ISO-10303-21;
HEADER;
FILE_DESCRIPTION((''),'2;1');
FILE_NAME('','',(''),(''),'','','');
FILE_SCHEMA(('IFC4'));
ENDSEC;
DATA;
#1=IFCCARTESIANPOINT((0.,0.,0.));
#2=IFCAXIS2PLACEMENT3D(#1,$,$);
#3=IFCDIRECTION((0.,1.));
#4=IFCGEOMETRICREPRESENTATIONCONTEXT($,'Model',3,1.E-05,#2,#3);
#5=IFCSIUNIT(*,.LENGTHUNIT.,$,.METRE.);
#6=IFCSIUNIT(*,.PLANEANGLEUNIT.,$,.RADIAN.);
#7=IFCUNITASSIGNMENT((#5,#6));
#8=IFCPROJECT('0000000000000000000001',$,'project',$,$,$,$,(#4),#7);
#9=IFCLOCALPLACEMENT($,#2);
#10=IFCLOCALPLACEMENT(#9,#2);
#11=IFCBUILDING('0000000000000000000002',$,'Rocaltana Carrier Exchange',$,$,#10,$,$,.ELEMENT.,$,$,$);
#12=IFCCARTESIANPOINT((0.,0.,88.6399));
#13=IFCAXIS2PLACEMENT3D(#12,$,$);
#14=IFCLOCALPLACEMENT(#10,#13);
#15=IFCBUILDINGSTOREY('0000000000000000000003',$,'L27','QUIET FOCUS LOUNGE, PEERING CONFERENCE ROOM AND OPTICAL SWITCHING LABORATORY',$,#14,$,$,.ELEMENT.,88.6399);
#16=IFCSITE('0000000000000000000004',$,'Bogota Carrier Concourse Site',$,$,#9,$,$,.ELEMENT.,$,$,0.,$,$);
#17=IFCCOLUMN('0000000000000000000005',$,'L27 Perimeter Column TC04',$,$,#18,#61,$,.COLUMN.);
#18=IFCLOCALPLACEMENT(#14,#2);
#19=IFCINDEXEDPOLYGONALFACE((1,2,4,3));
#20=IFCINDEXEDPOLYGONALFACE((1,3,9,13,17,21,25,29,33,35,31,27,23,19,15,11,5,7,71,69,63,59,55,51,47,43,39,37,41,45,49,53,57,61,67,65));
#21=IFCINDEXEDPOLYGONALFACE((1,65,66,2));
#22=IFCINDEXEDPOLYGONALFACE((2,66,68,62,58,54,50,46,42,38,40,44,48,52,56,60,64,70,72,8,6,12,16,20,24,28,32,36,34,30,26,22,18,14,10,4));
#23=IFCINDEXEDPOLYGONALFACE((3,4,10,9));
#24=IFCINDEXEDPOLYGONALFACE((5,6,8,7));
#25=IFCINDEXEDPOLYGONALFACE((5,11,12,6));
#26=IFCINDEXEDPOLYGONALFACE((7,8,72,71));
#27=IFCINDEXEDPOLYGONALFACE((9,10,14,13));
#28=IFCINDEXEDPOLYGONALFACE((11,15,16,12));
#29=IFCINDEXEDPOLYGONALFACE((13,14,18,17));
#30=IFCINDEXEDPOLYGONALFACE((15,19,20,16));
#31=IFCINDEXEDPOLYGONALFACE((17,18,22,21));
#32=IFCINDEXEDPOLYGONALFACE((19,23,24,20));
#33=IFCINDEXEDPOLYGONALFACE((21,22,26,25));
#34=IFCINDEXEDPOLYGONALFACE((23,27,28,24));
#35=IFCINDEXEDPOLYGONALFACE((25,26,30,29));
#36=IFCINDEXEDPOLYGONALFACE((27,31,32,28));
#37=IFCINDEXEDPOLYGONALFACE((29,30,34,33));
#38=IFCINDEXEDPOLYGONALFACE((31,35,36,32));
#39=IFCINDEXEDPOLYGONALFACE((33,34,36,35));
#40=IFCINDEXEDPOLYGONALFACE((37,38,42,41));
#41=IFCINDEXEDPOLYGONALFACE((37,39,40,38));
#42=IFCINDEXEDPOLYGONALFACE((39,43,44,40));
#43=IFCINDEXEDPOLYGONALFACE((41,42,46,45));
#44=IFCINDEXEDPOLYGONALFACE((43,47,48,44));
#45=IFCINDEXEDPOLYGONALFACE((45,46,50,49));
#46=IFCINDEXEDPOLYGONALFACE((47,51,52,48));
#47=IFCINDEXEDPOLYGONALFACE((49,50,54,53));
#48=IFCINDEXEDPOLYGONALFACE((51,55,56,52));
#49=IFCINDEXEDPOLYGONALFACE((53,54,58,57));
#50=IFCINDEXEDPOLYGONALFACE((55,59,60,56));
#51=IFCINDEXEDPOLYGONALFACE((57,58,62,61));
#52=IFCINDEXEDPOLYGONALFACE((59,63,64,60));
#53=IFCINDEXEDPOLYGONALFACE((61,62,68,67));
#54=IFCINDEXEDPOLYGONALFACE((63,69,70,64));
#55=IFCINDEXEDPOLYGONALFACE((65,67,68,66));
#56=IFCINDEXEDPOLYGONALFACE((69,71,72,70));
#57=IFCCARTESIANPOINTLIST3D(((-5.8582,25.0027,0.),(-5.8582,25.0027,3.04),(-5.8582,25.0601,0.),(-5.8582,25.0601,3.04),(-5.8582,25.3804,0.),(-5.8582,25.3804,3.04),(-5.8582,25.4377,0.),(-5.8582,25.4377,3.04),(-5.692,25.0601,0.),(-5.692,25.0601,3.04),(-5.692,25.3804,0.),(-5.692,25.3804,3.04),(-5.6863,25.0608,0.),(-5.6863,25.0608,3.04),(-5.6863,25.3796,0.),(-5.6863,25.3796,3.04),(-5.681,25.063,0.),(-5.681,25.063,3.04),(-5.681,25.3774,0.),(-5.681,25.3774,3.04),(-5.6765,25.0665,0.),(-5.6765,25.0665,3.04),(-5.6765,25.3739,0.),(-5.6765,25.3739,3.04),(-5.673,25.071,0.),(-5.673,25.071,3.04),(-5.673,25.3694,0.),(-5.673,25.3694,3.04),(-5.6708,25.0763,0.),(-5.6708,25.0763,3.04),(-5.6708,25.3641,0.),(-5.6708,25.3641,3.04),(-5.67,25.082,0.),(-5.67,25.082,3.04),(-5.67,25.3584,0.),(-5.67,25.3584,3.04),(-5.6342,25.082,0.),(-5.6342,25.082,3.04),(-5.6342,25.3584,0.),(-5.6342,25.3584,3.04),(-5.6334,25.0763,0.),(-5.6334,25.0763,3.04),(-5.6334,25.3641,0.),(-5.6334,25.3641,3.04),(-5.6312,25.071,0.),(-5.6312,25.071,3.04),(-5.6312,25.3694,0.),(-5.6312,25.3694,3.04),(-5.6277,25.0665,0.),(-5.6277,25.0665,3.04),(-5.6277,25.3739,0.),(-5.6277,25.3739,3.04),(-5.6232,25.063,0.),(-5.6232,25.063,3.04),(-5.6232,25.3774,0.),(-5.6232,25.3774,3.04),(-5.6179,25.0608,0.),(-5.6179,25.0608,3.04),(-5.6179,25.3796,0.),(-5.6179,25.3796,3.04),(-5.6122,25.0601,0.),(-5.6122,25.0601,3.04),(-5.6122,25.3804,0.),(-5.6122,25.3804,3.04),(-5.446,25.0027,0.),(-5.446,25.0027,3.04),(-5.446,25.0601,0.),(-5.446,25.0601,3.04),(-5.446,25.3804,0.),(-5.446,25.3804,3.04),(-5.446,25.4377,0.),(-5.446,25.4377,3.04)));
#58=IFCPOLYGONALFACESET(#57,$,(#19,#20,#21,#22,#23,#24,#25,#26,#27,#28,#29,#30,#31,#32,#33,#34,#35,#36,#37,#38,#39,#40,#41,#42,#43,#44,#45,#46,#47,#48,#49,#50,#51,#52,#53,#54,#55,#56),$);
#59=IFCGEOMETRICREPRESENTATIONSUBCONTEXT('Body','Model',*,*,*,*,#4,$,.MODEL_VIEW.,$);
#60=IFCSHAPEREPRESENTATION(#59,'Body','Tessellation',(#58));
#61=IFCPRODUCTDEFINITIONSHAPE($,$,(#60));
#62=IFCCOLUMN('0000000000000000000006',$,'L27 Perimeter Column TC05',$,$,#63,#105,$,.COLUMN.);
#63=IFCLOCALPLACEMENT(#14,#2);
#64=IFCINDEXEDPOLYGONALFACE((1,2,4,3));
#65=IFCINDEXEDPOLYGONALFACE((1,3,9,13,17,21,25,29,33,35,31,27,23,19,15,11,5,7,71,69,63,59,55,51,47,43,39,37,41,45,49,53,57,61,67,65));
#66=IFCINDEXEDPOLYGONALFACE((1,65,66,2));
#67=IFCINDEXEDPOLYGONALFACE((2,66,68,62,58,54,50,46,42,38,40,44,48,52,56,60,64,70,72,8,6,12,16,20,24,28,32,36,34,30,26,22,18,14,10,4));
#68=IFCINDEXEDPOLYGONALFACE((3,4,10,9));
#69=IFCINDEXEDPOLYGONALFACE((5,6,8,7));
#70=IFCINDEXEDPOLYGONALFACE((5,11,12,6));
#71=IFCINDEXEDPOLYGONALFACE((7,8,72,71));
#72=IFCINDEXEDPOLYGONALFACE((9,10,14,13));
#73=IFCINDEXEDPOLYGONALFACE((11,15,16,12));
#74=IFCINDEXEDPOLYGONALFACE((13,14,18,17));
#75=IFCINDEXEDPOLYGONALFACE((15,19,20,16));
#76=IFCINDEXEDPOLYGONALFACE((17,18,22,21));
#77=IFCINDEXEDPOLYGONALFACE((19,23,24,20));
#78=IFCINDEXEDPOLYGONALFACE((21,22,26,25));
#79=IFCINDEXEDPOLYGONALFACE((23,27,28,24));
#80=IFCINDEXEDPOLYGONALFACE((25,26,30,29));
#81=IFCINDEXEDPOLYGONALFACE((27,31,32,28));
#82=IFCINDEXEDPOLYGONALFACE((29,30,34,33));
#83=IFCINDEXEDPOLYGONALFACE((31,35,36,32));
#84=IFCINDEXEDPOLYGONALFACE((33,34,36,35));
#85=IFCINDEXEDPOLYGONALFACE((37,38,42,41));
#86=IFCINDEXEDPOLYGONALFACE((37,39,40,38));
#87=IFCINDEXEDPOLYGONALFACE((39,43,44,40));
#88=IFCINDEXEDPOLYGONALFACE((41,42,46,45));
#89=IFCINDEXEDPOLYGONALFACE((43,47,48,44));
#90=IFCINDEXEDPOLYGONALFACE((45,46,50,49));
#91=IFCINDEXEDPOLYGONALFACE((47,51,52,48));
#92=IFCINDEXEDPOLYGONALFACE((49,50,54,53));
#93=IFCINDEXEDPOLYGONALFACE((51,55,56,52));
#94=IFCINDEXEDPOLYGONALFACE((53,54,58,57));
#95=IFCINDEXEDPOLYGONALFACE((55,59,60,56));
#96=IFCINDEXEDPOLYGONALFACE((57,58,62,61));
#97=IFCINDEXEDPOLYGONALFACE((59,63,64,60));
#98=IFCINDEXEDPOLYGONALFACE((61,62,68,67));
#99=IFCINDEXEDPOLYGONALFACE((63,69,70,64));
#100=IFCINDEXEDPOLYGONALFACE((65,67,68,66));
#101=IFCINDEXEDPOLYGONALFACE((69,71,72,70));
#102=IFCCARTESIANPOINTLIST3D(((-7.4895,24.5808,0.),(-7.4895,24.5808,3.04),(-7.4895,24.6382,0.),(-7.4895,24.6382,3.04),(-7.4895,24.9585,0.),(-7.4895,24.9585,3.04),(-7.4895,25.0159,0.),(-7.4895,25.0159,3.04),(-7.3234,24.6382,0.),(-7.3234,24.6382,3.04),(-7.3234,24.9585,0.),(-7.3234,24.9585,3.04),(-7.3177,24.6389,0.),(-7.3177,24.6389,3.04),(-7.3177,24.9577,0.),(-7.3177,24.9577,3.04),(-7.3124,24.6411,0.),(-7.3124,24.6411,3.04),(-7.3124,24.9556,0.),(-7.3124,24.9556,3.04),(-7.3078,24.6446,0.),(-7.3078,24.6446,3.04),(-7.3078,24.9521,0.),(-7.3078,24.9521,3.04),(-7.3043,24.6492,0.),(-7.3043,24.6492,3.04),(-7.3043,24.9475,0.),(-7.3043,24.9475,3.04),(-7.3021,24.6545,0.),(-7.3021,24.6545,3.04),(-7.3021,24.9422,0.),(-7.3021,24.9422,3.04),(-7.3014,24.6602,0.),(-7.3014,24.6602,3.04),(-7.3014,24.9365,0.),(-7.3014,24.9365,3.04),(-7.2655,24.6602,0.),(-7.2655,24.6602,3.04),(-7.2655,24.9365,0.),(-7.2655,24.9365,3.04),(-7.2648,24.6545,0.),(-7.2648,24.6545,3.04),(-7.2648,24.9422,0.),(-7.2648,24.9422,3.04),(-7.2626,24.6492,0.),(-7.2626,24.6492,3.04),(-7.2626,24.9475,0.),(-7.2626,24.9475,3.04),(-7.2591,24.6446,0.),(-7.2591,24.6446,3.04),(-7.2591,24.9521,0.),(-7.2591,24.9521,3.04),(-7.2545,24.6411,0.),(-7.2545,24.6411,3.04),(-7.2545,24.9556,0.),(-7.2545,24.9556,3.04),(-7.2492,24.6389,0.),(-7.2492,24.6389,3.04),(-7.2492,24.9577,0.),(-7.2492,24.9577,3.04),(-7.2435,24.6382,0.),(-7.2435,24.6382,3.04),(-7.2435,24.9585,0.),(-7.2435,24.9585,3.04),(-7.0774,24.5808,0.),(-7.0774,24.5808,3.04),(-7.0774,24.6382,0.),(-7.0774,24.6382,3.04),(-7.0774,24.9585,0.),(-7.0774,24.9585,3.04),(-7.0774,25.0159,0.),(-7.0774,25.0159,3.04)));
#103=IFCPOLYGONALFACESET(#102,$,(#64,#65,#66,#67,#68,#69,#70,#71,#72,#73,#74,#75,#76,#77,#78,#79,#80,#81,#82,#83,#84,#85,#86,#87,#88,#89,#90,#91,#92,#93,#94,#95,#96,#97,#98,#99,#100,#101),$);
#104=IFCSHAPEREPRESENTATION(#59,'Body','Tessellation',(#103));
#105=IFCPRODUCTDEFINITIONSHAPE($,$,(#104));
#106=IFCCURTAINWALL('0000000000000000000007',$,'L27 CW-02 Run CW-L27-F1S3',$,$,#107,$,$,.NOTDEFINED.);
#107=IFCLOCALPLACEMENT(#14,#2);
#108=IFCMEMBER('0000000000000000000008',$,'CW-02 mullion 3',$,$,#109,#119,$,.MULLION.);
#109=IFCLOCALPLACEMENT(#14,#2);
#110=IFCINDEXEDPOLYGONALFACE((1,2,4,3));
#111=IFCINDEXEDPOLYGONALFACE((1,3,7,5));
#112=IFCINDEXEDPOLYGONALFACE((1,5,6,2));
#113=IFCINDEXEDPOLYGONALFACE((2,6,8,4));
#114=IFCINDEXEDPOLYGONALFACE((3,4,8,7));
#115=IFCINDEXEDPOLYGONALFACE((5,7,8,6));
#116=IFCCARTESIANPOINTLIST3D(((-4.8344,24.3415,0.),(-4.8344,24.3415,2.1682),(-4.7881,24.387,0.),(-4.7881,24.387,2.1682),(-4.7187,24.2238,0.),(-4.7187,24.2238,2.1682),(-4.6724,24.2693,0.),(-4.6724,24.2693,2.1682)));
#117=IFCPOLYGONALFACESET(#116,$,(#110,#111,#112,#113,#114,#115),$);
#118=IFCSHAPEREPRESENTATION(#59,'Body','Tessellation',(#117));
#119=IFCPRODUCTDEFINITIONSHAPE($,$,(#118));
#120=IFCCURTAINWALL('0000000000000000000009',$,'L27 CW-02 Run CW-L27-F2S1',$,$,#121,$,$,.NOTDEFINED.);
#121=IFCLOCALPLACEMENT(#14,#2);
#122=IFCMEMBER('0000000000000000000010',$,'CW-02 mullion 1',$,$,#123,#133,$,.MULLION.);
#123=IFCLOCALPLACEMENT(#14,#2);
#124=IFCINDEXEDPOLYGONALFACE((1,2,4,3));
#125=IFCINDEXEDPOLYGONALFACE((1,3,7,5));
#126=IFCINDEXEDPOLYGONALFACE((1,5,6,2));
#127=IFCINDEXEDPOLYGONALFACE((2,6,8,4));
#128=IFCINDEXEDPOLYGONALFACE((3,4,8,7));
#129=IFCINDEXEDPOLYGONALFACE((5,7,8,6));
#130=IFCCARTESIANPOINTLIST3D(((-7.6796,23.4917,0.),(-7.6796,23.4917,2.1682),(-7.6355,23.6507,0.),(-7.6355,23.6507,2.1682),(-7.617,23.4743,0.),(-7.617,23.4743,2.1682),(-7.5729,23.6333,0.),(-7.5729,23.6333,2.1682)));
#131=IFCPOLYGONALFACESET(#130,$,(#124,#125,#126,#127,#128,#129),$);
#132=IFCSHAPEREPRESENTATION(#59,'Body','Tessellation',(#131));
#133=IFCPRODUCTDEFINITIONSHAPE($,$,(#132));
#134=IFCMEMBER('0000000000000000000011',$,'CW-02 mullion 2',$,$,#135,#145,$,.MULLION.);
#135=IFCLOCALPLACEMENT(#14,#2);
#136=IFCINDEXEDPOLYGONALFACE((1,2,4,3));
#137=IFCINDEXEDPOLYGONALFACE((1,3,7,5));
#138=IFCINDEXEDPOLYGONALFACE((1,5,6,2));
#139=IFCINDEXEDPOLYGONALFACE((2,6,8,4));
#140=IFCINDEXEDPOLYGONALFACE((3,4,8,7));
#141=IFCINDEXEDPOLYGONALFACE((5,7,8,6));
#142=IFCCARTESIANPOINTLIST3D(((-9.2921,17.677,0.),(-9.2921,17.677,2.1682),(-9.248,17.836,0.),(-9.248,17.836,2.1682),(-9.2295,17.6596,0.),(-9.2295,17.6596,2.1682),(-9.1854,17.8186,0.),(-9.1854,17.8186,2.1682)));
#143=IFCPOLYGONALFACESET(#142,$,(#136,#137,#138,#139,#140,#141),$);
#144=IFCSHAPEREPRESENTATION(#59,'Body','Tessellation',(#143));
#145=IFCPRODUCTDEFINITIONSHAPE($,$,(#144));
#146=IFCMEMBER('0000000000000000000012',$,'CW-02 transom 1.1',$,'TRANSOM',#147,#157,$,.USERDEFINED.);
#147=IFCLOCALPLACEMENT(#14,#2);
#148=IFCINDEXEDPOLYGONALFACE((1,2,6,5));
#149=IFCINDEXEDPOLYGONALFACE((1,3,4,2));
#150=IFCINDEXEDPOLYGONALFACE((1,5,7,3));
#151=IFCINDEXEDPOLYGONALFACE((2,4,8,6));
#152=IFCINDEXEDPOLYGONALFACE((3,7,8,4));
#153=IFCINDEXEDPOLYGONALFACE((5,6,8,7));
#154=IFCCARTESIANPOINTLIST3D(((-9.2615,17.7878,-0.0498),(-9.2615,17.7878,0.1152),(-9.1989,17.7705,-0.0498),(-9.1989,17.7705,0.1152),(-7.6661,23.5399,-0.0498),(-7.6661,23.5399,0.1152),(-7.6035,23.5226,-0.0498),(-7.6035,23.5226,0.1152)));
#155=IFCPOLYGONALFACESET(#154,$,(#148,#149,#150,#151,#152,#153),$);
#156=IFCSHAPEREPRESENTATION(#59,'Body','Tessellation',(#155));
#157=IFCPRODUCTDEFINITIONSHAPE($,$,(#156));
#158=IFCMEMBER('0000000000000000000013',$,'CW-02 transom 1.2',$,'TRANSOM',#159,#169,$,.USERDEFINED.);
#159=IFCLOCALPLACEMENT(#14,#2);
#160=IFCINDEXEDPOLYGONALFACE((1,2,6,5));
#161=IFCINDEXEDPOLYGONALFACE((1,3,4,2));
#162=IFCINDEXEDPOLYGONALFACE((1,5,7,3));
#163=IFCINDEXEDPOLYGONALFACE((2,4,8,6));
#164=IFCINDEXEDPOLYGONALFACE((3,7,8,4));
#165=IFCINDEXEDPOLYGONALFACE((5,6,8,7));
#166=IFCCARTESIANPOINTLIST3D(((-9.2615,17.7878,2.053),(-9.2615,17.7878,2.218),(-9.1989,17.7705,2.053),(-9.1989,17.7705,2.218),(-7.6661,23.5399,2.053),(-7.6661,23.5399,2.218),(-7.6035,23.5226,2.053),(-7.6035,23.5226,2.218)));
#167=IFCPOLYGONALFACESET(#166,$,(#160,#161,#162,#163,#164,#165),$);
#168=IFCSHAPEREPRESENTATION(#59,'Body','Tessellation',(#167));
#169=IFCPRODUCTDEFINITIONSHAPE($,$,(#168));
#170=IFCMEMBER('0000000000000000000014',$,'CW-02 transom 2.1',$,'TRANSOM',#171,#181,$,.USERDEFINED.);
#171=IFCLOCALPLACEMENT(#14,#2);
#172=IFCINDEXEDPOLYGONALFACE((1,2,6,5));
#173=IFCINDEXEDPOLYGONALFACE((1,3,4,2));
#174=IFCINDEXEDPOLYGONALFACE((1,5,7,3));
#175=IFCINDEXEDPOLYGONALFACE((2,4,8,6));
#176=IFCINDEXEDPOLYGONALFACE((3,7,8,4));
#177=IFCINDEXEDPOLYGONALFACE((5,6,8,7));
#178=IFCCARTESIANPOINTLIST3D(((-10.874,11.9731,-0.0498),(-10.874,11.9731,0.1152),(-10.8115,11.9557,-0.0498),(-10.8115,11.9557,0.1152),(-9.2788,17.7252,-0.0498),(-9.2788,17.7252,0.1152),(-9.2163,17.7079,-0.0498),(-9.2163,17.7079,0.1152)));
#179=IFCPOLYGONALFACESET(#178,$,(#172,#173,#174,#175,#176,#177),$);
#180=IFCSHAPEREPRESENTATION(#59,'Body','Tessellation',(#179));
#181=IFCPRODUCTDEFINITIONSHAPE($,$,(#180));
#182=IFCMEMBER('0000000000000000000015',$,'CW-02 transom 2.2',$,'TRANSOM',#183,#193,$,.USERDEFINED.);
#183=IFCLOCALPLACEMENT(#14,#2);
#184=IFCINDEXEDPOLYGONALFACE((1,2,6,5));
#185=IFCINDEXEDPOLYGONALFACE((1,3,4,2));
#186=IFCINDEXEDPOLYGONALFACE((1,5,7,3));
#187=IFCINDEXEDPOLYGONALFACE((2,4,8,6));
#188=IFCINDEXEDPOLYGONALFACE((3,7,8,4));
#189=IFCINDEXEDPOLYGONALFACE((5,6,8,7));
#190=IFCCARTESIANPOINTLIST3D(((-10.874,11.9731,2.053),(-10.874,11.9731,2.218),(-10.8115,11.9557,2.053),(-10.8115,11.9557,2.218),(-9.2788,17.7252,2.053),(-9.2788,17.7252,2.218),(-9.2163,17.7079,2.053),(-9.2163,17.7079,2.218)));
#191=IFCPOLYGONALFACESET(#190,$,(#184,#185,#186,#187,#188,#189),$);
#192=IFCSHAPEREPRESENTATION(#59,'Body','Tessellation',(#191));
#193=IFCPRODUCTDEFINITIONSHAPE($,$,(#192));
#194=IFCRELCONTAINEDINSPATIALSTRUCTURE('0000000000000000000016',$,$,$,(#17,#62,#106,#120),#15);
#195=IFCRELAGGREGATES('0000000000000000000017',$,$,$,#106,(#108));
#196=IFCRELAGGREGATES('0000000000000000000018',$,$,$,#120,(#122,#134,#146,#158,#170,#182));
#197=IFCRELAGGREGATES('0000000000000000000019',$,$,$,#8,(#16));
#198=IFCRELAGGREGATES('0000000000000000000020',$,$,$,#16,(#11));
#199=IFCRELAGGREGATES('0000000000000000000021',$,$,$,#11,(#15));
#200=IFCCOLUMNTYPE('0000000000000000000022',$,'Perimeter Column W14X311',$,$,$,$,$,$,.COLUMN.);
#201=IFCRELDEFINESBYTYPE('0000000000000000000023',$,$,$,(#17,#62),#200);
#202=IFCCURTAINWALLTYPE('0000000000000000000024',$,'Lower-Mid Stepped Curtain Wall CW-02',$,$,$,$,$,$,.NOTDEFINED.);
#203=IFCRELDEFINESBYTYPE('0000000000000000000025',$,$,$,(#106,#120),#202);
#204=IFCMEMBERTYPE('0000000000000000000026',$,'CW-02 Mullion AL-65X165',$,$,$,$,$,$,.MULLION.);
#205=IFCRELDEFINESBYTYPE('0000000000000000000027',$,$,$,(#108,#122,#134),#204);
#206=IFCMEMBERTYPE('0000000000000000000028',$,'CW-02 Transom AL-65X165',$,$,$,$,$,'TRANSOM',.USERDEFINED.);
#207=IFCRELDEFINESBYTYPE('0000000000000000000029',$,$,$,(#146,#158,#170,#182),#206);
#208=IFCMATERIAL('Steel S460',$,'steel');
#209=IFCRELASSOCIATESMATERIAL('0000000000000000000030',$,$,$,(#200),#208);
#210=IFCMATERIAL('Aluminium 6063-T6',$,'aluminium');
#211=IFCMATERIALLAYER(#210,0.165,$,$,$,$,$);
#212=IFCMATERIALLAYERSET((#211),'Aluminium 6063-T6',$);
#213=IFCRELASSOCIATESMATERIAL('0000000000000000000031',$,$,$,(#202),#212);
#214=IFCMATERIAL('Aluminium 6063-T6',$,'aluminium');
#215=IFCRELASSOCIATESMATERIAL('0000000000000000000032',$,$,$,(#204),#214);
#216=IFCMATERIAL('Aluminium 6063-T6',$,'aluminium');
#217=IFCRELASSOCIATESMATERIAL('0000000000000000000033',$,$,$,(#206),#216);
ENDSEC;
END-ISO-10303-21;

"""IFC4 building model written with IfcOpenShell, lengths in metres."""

from ifc_helpers import new_model, si_unit, direction, frame, origin, origin_2d, place, context, subcontext, project, spatial, rectangle, i_section, extrude, material, layer, layer_set, material_profile, profile_set, type_object, element, aggregate, save


model = new_model("IFC4")

# Units and contexts
model_context = context("Model", 3, precision=1e-05, world=origin(), true_north=direction((0.0, 1.0)))
body_context = subcontext(model_context, "Body", "Model", "MODEL_VIEW")
ifc_project = project(units=[si_unit("LENGTHUNIT", "METRE"), si_unit("PLANEANGLEUNIT", "RADIAN")], contexts=[model_context])

# Site, building, storey
site_placement = place(None, origin())
site = spatial("IfcSite", under=ifc_project, at=site_placement, Name="Bogota Carrier Concourse Site", CompositionType="ELEMENT", RefElevation=0.0)
building_placement = place(site_placement, origin())
building = spatial("IfcBuilding", under=site, at=building_placement, Name="Rocaltana Carrier Exchange", CompositionType="ELEMENT")
storey_placement = place(building_placement, frame((0.0, 0.0, 88.6399)))
storey = spatial("IfcBuildingStorey", under=building, at=storey_placement, Name="L27", Description="QUIET FOCUS LOUNGE, PEERING CONFERENCE ROOM AND OPTICAL SWITCHING LABORATORY", CompositionType="ELEMENT", Elevation=88.6399)

# Columns
ifc_material_1 = material(Name="Steel S460", Category="steel")
ifc_material_profile_1 = material_profile(ifc_material_1, i_section(OverallWidth=0.4121, OverallDepth=0.4351, WebThickness=0.0359, FlangeThickness=0.0574, FilletRadius=0.022, at=origin_2d()), Name="W14X311")
ifc_profile_set_1 = profile_set([ifc_material_profile_1], Name="Steel S460")
column_type = type_object("IfcColumnType", Name="Perimeter Column W14X311", PredefinedType="COLUMN", material=ifc_profile_set_1)
for number, where, z_axis, x_axis, name in (
    (1, (-5.6521, 25.2202, 0.0), (0.0, 0.0, 1.0), (1.0, 0.0, 0.0), "L27 Perimeter Column TC04"),
    (2, (-7.2834, 24.7983, 0.0), (0.0, 0.0, 1.0), (1.0, 0.0, 0.0), "L27 Perimeter Column TC05"),
):
    element("IfcColumn", number, at=place(storey_placement, frame(where, z_axis=z_axis, x_axis=x_axis)), inside=storey, type_object=column_type, Name=name, PredefinedType="COLUMN", context=body_context, shape_type="SweptSolid", body=[
        extrude(i_section(OverallWidth=0.4121, OverallDepth=0.4351, WebThickness=0.0359, FlangeThickness=0.0574, FilletRadius=0.022, at=origin_2d()), origin(), (0.0, 0.0, 1.0), 3.04),
    ])

# Curtain wall, member
ifc_material_2 = material(Name="Aluminium 6063-T6", Category="aluminium")
ifc_layer_1 = layer(ifc_material_2, 0.165)
ifc_layer_set_1 = layer_set([ifc_layer_1], Name="Aluminium 6063-T6")
curtain_wall_type = type_object("IfcCurtainWallType", Name="Lower-Mid Stepped Curtain Wall CW-02", PredefinedType="NOTDEFINED", material=ifc_layer_set_1)
curtain_wall_1_placement = place(storey_placement, origin())
curtain_wall_1 = element("IfcCurtainWall", 3, at=curtain_wall_1_placement, inside=storey, type_object=curtain_wall_type, Name="L27 CW-02 Run CW-L27-F1S3", PredefinedType="NOTDEFINED")
ifc_material_3 = material(Name="Aluminium 6063-T6", Category="aluminium")
ifc_material_profile_2 = material_profile(ifc_material_3, rectangle(XDim=0.0649, YDim=0.165, at=origin_2d()), Name="AL-65X165")
ifc_profile_set_2 = profile_set([ifc_material_profile_2], Name="Aluminium 6063-T6")
member_type_1 = type_object("IfcMemberType", Name="CW-02 Mullion AL-65X165", PredefinedType="MULLION", material=ifc_profile_set_2)
member_1_placement = place(storey_placement, frame((-4.7534, 24.3054, 0.0), z_axis=(0.0, 0.0, 1.0), x_axis=(-0.713245, -0.700915, 0.0)))
member_1 = element("IfcMember", 4, at=member_1_placement, type_object=member_type_1, Name="CW-02 mullion 3", PredefinedType="MULLION", context=body_context, shape_type="SweptSolid", body=[
    extrude(rectangle(XDim=0.0649, YDim=0.165, at=origin_2d()), origin(), (0.0, 0.0, 1.0), 2.1682),
])

# Curtain wall, members
curtain_wall_2_placement = place(storey_placement, origin())
curtain_wall_2 = element("IfcCurtainWall", 5, at=curtain_wall_2_placement, inside=storey, type_object=curtain_wall_type, Name="L27 CW-02 Run CW-L27-F2S1", PredefinedType="NOTDEFINED")
member_2_placement = place(storey_placement, frame((-7.6262, 23.5625, 0.0), z_axis=(0.0, 0.0, 1.0), x_axis=(0.963628, -0.267246, 0.0)))
member_2 = element("IfcMember", 6, at=member_2_placement, type_object=member_type_1, Name="CW-02 mullion 1", PredefinedType="MULLION", context=body_context, shape_type="SweptSolid", body=[
    extrude(rectangle(XDim=0.0649, YDim=0.165, at=origin_2d()), origin(), (0.0, 0.0, 1.0), 2.1682),
])
member_3_placement = place(storey_placement, frame((-9.2388, 17.7478, 0.0), z_axis=(0.0, 0.0, 1.0), x_axis=(0.963628, -0.267246, 0.0)))
member_3 = element("IfcMember", 7, at=member_3_placement, type_object=member_type_1, Name="CW-02 mullion 2", PredefinedType="MULLION", context=body_context, shape_type="SweptSolid", body=[
    extrude(rectangle(XDim=0.0649, YDim=0.165, at=origin_2d()), origin(), (0.0, 0.0, 1.0), 2.1682),
])
ifc_material_4 = material(Name="Aluminium 6063-T6", Category="aluminium")
ifc_material_profile_3 = material_profile(ifc_material_4, rectangle(XDim=0.0649, YDim=0.165, at=origin_2d()), Name="AL-65X165")
ifc_profile_set_3 = profile_set([ifc_material_profile_3], Name="Aluminium 6063-T6")
member_type_2 = type_object("IfcMemberType", Name="CW-02 Transom AL-65X165", ElementType="TRANSOM", PredefinedType="USERDEFINED", material=ifc_profile_set_3)
member_4_placement = place(storey_placement, frame((-7.6348, 23.5312, 0.0327), z_axis=(-0.267275, -0.96362, 0.0), x_axis=(0.96362, -0.267275, 0.0)))
member_4 = element("IfcMember", 8, at=member_4_placement, type_object=member_type_2, Name="CW-02 transom 1.1", ObjectType="TRANSOM", PredefinedType="USERDEFINED", context=body_context, shape_type="SweptSolid", body=[
    extrude(rectangle(XDim=0.0649, YDim=0.165, at=origin_2d()), origin(), (0.0, 0.0, 1.0), 5.9692),
])
member_5_placement = place(storey_placement, frame((-7.6348, 23.5312, 2.1355), z_axis=(-0.267275, -0.96362, 0.0), x_axis=(0.96362, -0.267275, 0.0)))
member_5 = element("IfcMember", 9, at=member_5_placement, type_object=member_type_2, Name="CW-02 transom 1.2", ObjectType="TRANSOM", PredefinedType="USERDEFINED", context=body_context, shape_type="SweptSolid", body=[
    extrude(rectangle(XDim=0.0649, YDim=0.165, at=origin_2d()), origin(), (0.0, 0.0, 1.0), 5.9692),
])
member_6_placement = place(storey_placement, frame((-9.2476, 17.7166, 0.0327), z_axis=(-0.267237, -0.963631, 0.0), x_axis=(0.963631, -0.267237, 0.0)))
member_6 = element("IfcMember", 10, at=member_6_placement, type_object=member_type_2, Name="CW-02 transom 2.1", ObjectType="TRANSOM", PredefinedType="USERDEFINED", context=body_context, shape_type="SweptSolid", body=[
    extrude(rectangle(XDim=0.0649, YDim=0.165, at=origin_2d()), origin(), (0.0, 0.0, 1.0), 5.9692),
])
member_7_placement = place(storey_placement, frame((-9.2476, 17.7166, 2.1355), z_axis=(-0.267237, -0.963631, 0.0), x_axis=(0.963631, -0.267237, 0.0)))
member_7 = element("IfcMember", 11, at=member_7_placement, type_object=member_type_2, Name="CW-02 transom 2.2", ObjectType="TRANSOM", PredefinedType="USERDEFINED", context=body_context, shape_type="SweptSolid", body=[
    extrude(rectangle(XDim=0.0649, YDim=0.165, at=origin_2d()), origin(), (0.0, 0.0, 1.0), 5.9692),
])

aggregate(curtain_wall_1, [member_1])
aggregate(curtain_wall_2, [member_2, member_3, member_4, member_5, member_6, member_7])

save(model, "model.ifc")
